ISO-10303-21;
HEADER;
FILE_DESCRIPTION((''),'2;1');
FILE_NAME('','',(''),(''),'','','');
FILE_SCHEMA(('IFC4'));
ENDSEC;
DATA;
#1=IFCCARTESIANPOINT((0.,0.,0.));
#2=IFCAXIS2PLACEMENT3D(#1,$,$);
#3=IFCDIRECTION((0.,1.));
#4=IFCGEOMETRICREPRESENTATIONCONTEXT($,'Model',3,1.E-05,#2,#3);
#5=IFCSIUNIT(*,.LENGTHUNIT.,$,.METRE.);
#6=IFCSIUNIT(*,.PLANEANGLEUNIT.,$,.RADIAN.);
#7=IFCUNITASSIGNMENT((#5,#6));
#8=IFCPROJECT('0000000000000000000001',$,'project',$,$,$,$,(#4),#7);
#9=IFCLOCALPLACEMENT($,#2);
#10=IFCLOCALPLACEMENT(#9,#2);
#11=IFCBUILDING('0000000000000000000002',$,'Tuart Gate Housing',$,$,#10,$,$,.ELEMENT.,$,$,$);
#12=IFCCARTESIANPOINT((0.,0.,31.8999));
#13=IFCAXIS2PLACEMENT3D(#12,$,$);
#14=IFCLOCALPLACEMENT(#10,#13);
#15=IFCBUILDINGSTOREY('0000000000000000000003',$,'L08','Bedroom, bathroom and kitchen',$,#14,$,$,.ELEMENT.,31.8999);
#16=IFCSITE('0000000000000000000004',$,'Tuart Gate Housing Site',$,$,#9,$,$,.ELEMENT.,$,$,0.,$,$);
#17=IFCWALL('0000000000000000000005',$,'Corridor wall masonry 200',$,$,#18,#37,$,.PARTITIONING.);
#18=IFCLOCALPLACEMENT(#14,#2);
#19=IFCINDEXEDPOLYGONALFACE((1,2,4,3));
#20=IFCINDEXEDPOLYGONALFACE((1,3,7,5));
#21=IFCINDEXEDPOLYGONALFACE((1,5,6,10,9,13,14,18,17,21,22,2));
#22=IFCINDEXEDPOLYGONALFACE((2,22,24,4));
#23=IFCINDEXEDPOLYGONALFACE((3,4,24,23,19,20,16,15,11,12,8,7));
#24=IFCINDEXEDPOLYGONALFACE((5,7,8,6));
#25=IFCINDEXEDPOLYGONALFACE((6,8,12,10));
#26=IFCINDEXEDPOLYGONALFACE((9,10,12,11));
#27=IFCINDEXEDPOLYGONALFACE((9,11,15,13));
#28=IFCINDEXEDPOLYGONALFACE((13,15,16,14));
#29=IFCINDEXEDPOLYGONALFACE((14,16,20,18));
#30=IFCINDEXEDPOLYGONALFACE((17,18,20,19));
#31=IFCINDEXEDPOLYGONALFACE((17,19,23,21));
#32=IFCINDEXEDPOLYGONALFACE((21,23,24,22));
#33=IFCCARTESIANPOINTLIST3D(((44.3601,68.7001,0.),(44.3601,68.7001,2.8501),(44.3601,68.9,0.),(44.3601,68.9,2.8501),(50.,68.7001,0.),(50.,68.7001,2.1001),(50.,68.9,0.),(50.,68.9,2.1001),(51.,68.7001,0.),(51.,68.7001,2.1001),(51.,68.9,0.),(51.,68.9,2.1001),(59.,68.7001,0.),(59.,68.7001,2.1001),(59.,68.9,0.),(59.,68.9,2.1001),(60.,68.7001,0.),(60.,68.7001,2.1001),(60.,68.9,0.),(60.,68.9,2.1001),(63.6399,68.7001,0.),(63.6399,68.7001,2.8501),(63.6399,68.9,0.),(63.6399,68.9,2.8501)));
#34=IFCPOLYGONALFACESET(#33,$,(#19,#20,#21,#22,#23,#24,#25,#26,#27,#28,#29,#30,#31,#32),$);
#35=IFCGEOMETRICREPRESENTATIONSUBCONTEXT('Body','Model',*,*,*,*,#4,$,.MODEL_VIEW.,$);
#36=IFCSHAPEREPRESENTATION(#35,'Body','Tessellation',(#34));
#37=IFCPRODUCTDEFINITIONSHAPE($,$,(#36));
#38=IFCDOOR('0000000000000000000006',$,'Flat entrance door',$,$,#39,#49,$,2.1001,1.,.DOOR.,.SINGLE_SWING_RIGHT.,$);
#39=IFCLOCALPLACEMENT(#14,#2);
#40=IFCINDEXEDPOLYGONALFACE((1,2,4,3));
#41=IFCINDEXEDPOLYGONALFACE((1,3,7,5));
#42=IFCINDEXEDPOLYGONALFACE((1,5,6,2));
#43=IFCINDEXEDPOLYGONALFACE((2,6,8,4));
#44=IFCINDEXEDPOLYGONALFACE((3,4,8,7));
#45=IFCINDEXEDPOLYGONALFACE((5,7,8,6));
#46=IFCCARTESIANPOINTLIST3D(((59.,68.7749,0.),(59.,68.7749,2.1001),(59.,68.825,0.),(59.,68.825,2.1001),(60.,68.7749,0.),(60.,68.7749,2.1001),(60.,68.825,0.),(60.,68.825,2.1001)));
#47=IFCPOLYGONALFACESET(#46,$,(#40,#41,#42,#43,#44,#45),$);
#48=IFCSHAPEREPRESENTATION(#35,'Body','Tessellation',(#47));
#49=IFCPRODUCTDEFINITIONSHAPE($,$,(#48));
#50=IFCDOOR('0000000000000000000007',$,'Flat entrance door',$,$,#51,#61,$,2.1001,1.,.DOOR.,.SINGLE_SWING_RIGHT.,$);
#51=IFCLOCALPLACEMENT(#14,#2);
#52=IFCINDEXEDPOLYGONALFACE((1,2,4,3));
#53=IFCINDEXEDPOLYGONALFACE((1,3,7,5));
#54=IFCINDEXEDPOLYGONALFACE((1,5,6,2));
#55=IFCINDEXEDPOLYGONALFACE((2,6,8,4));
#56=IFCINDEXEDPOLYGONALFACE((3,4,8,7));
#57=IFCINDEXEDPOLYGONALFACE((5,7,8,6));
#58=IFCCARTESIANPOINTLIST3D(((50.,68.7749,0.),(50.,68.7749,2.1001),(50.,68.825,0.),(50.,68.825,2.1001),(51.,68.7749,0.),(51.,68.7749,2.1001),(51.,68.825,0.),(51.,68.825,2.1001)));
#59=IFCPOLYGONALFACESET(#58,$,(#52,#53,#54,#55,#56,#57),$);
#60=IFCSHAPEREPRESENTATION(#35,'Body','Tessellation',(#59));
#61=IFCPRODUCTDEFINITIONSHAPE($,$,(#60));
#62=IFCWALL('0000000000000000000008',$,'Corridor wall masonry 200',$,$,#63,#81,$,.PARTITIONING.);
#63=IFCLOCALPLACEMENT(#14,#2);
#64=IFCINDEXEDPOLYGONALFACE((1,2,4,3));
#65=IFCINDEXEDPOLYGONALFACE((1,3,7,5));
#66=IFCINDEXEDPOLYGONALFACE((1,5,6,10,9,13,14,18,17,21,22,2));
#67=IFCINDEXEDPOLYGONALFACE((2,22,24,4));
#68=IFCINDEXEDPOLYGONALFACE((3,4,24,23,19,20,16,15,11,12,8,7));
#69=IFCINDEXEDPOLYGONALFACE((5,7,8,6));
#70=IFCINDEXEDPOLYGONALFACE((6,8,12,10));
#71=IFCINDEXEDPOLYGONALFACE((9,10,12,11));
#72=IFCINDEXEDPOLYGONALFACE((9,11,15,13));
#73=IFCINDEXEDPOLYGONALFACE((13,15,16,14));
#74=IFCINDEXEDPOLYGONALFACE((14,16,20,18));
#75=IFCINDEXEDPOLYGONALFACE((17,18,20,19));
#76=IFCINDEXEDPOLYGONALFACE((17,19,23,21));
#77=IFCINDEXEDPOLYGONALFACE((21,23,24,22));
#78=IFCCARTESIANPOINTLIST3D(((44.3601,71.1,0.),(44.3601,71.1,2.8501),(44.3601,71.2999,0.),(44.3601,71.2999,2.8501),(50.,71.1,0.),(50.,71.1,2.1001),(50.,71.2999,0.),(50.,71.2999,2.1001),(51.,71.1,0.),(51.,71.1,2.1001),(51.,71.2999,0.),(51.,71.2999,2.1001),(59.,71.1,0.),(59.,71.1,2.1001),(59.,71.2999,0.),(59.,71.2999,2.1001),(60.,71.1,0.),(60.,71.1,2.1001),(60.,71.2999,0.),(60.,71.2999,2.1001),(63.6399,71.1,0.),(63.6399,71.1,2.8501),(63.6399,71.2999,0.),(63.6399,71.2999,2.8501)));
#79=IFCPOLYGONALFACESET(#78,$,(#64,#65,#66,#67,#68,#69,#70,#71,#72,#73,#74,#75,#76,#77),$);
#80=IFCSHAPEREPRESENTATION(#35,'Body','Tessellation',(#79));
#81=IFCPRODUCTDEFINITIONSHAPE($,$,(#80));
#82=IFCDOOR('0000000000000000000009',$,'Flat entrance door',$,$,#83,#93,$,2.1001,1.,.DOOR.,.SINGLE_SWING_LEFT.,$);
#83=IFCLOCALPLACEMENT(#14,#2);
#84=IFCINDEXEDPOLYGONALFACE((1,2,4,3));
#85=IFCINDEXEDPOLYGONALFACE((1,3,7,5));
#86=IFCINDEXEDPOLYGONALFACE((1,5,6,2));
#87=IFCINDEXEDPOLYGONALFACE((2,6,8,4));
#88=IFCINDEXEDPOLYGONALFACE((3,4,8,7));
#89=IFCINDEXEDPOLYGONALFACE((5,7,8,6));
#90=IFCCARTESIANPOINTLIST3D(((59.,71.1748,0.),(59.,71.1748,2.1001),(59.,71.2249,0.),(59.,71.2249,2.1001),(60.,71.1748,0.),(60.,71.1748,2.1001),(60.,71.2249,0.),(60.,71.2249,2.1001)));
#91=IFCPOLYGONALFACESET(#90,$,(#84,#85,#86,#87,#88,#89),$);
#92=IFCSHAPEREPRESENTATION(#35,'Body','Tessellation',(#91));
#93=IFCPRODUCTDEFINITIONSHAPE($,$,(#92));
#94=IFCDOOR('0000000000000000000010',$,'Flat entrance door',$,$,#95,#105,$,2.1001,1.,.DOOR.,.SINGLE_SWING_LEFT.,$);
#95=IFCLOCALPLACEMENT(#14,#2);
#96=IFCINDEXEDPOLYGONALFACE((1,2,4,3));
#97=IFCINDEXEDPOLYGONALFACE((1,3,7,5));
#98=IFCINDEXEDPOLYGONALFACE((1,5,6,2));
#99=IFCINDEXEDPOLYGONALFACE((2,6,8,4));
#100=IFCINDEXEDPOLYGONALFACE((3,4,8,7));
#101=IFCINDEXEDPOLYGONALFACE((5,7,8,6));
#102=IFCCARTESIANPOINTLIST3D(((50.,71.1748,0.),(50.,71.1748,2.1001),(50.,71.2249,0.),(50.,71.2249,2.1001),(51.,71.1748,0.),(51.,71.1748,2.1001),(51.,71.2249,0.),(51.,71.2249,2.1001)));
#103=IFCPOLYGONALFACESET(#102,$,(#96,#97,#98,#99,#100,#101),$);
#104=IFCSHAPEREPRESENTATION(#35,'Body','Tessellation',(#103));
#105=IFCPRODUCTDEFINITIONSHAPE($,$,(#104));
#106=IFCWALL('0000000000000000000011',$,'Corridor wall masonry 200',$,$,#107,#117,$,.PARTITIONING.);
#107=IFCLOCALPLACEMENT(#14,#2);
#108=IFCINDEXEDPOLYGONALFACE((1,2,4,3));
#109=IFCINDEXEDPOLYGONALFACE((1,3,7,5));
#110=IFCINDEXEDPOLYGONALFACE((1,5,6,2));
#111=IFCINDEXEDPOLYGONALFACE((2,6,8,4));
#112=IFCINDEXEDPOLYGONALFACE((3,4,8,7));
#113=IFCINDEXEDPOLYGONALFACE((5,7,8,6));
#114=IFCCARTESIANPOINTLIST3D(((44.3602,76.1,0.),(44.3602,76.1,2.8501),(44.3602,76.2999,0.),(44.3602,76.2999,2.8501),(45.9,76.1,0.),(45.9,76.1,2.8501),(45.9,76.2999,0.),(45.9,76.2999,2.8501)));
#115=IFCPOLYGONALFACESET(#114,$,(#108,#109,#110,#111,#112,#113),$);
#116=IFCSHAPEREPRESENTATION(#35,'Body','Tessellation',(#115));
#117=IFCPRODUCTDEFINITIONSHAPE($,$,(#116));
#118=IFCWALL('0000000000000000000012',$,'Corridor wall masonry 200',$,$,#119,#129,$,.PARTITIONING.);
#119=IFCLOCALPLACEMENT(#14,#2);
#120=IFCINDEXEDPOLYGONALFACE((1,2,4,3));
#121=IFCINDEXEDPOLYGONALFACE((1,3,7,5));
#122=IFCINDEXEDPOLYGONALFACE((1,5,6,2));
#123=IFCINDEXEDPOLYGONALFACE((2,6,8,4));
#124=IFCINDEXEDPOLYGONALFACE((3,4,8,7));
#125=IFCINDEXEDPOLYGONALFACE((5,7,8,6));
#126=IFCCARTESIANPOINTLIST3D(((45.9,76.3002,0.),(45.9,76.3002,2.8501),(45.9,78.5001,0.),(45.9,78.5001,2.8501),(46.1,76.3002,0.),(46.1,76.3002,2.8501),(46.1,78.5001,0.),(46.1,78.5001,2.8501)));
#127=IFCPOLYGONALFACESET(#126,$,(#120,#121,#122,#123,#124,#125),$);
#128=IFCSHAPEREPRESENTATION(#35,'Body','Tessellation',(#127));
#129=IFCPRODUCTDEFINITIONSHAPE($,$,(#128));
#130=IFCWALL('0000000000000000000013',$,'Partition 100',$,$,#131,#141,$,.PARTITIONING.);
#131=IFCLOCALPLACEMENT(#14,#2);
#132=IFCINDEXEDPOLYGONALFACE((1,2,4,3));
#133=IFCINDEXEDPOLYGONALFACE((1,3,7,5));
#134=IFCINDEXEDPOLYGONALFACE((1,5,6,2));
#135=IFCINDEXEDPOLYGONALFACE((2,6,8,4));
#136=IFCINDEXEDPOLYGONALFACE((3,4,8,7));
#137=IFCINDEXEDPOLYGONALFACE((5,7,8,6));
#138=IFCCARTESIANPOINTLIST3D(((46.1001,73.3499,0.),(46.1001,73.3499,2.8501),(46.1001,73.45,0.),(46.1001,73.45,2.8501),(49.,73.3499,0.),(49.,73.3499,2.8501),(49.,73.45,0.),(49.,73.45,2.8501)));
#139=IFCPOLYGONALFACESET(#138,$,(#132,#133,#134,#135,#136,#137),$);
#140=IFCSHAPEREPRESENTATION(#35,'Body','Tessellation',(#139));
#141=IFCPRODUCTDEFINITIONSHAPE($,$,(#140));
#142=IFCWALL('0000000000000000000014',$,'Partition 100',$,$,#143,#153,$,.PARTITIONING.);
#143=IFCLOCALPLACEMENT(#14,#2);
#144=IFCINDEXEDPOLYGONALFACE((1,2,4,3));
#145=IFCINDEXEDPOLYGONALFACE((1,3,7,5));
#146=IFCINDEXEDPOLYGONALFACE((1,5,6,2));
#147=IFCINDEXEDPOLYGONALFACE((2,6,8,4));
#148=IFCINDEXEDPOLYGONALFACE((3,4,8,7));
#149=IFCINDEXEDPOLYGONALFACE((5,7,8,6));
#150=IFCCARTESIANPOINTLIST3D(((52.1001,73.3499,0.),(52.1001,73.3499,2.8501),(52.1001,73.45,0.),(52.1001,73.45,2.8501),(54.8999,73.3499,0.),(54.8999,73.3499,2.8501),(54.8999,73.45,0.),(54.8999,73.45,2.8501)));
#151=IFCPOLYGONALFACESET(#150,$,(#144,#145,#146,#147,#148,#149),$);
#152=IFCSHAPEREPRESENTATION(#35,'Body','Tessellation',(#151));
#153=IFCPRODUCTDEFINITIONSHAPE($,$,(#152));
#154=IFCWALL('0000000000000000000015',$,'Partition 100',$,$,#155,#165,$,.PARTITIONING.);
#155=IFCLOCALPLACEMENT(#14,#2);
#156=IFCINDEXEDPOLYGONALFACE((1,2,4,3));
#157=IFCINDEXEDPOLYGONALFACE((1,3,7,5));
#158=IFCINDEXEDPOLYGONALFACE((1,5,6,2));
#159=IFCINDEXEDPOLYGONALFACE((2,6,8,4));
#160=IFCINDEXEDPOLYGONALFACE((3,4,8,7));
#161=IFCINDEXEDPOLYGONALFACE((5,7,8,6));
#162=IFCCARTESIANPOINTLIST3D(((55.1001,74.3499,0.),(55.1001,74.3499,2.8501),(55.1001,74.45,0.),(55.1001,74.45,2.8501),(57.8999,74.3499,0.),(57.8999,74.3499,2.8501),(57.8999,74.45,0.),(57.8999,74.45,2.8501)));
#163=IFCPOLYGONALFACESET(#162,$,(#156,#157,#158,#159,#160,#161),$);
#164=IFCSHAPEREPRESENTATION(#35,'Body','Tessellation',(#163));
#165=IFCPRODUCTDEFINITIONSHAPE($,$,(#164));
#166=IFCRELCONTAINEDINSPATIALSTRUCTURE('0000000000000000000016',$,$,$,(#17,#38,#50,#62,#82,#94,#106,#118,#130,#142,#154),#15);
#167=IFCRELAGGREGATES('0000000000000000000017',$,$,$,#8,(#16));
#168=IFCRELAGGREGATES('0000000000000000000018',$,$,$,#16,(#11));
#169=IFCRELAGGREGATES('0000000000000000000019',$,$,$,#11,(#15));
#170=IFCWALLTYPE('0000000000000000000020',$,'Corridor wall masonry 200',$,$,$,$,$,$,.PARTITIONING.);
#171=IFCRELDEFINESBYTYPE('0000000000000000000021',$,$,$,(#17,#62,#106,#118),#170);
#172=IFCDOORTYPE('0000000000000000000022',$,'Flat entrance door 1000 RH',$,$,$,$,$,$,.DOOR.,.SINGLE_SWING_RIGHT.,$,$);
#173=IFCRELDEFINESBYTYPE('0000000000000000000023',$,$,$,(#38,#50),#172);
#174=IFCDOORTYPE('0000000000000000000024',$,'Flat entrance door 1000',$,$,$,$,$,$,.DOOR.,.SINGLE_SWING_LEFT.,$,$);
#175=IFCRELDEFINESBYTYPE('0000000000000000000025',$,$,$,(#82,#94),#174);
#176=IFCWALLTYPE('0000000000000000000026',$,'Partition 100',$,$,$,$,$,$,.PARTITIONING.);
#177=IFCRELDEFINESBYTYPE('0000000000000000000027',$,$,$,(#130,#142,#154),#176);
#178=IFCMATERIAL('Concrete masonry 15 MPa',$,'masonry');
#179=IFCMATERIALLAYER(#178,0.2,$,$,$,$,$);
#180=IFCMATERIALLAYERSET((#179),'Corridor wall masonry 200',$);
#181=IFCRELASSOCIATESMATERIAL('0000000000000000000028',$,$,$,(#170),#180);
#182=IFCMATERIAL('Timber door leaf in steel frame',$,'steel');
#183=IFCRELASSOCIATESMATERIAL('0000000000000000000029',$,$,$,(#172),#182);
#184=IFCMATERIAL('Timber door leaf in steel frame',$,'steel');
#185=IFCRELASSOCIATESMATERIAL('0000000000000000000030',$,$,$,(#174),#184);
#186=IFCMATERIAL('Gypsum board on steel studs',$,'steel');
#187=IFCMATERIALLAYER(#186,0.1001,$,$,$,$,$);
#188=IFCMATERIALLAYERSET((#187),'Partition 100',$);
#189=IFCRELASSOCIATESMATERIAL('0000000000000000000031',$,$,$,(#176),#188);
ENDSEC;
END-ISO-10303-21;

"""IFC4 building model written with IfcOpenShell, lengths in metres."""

from ifc_helpers import new_model, si_unit, direction, frame, frame_2d, origin, place, context, subcontext, project, spatial, rectangle, extrude, material, layer, layer_set, type_object, element, fill, save


model = new_model("IFC4")

# Units and contexts
model_context = context("Model", 3, precision=1e-05, world=origin(), true_north=direction((0.0, 1.0)))
body_context = subcontext(model_context, "Body", "Model", "MODEL_VIEW")
ifc_project = project(units=[si_unit("LENGTHUNIT", "METRE"), si_unit("PLANEANGLEUNIT", "RADIAN")], contexts=[model_context])

# Site, building, storey
site_placement = place(None, origin())
site = spatial("IfcSite", under=ifc_project, at=site_placement, Name="Tuart Gate Housing Site", CompositionType="ELEMENT", RefElevation=0.0)
building_placement = place(site_placement, origin())
building = spatial("IfcBuilding", under=site, at=building_placement, Name="Tuart Gate Housing", CompositionType="ELEMENT")
storey_placement = place(building_placement, frame((0.0, 0.0, 31.8999)))
storey = spatial("IfcBuildingStorey", under=building, at=storey_placement, Name="L08", Description="Bedroom, bathroom and kitchen", CompositionType="ELEMENT", Elevation=31.8999)

# Walls, openings, doors
ifc_material_1 = material(Name="Concrete masonry 15 MPa", Category="masonry")
ifc_layer_1 = layer(ifc_material_1, 0.2)
ifc_layer_set_1 = layer_set([ifc_layer_1], Name="Corridor wall masonry 200")
wall_type_1 = type_object("IfcWallType", Name="Corridor wall masonry 200", PredefinedType="PARTITIONING", material=ifc_layer_set_1)
wall_1_placement = place(storey_placement, frame((44.3601, 68.8, 0.0), z_axis=(0.0, 0.0, 1.0), x_axis=(1.0, 0.0, 0.0)))
wall_1 = element("IfcWall", 1, at=wall_1_placement, inside=storey, type_object=wall_type_1, Name="Corridor wall masonry 200", PredefinedType="PARTITIONING", context=body_context, shape_type="SweptSolid", body=[
    extrude(rectangle(XDim=19.2798, YDim=0.2, at=frame_2d((9.6399, 0.0))), origin(), (0.0, 0.0, 1.0), 2.8501),
])
opening_1_placement = place(wall_1_placement, frame((14.6399, 0.0, 0.0)))
opening_1 = element("IfcOpeningElement", 2, at=opening_1_placement, cuts=wall_1, PredefinedType="OPENING", context=body_context, shape_type="SweptSolid", body=[
    extrude(rectangle(XDim=1.0, YDim=2.1001, at=frame_2d((0.5, 1.05))), frame((0.0, 0.1099, 0.0), z_axis=(0.0, -1.0, 0.0), x_axis=(1.0, 0.0, 0.0)), (0.0, 0.0, 1.0), 0.22),
])
opening_2_placement = place(wall_1_placement, frame((5.6399, 0.0, 0.0)))
opening_2 = element("IfcOpeningElement", 3, at=opening_2_placement, cuts=wall_1, PredefinedType="OPENING", context=body_context, shape_type="SweptSolid", body=[
    extrude(rectangle(XDim=1.0, YDim=2.1001, at=frame_2d((0.5, 1.05))), frame((0.0, 0.1099, 0.0), z_axis=(0.0, -1.0, 0.0), x_axis=(1.0, 0.0, 0.0)), (0.0, 0.0, 1.0), 0.22),
])
ifc_material_2 = material(Name="Timber door leaf in steel frame", Category="steel")
door_type_1 = type_object("IfcDoorType", Name="Flat entrance door 1000 RH", OperationType="SINGLE_SWING_RIGHT", PredefinedType="DOOR", material=ifc_material_2)
door_1_placement = place(opening_1_placement, frame((1.0, 0.0, 0.0), z_axis=(0.0, 0.0, 1.0), x_axis=(-1.0, 0.0, 0.0)))
door_1 = element("IfcDoor", 4, at=door_1_placement, inside=storey, type_object=door_type_1, Name="Flat entrance door", OperationType="SINGLE_SWING_RIGHT", OverallHeight=2.1001, OverallWidth=1.0, PredefinedType="DOOR", context=body_context, shape_type="SweptSolid", body=[
    extrude(rectangle(XDim=1.0, YDim=2.1001, at=frame_2d((0.5, 1.05))), frame((0.0, 0.0251, 0.0), z_axis=(0.0, -1.0, 0.0), x_axis=(1.0, 0.0, 0.0)), (0.0, 0.0, 1.0), 0.05),
])
fill(opening_1, door_1)
door_2_placement = place(opening_2_placement, frame((1.0, 0.0, 0.0), z_axis=(0.0, 0.0, 1.0), x_axis=(-1.0, 0.0, 0.0)))
door_2 = element("IfcDoor", 5, at=door_2_placement, inside=storey, type_object=door_type_1, Name="Flat entrance door", OperationType="SINGLE_SWING_RIGHT", OverallHeight=2.1001, OverallWidth=1.0, PredefinedType="DOOR", context=body_context, shape_type="SweptSolid", body=[
    extrude(rectangle(XDim=1.0, YDim=2.1001, at=frame_2d((0.5, 1.05))), frame((0.0, 0.0251, 0.0), z_axis=(0.0, -1.0, 0.0), x_axis=(1.0, 0.0, 0.0)), (0.0, 0.0, 1.0), 0.05),
])
fill(opening_2, door_2)
wall_2_placement = place(storey_placement, frame((44.3601, 71.2, 0.0), z_axis=(0.0, 0.0, 1.0), x_axis=(1.0, 0.0, 0.0)))
wall_2 = element("IfcWall", 6, at=wall_2_placement, inside=storey, type_object=wall_type_1, Name="Corridor wall masonry 200", PredefinedType="PARTITIONING", context=body_context, shape_type="SweptSolid", body=[
    extrude(rectangle(XDim=19.2798, YDim=0.2, at=frame_2d((9.6399, 0.0))), origin(), (0.0, 0.0, 1.0), 2.8501),
])
opening_3_placement = place(wall_2_placement, frame((14.6399, 0.0, 0.0)))
opening_3 = element("IfcOpeningElement", 7, at=opening_3_placement, cuts=wall_2, PredefinedType="OPENING", context=body_context, shape_type="SweptSolid", body=[
    extrude(rectangle(XDim=1.0, YDim=2.1001, at=frame_2d((0.5, 1.05))), frame((0.0, 0.1099, 0.0), z_axis=(0.0, -1.0, 0.0), x_axis=(1.0, 0.0, 0.0)), (0.0, 0.0, 1.0), 0.22),
])
opening_4_placement = place(wall_2_placement, frame((5.6399, 0.0, 0.0)))
opening_4 = element("IfcOpeningElement", 8, at=opening_4_placement, cuts=wall_2, PredefinedType="OPENING", context=body_context, shape_type="SweptSolid", body=[
    extrude(rectangle(XDim=1.0, YDim=2.1001, at=frame_2d((0.5, 1.05))), frame((0.0, 0.1099, 0.0), z_axis=(0.0, -1.0, 0.0), x_axis=(1.0, 0.0, 0.0)), (0.0, 0.0, 1.0), 0.22),
])
ifc_material_3 = material(Name="Timber door leaf in steel frame", Category="steel")
door_type_2 = type_object("IfcDoorType", Name="Flat entrance door 1000", OperationType="SINGLE_SWING_LEFT", PredefinedType="DOOR", material=ifc_material_3)
door_3_placement = place(opening_3_placement, origin())
door_3 = element("IfcDoor", 9, at=door_3_placement, inside=storey, type_object=door_type_2, Name="Flat entrance door", OperationType="SINGLE_SWING_LEFT", OverallHeight=2.1001, OverallWidth=1.0, PredefinedType="DOOR", context=body_context, shape_type="SweptSolid", body=[
    extrude(rectangle(XDim=1.0, YDim=2.1001, at=frame_2d((0.5, 1.05))), frame((0.0, 0.0249, 0.0), z_axis=(0.0, -1.0, 0.0), x_axis=(1.0, 0.0, 0.0)), (0.0, 0.0, 1.0), 0.05),
])
fill(opening_3, door_3)
door_4_placement = place(opening_4_placement, origin())
door_4 = element("IfcDoor", 10, at=door_4_placement, inside=storey, type_object=door_type_2, Name="Flat entrance door", OperationType="SINGLE_SWING_LEFT", OverallHeight=2.1001, OverallWidth=1.0, PredefinedType="DOOR", context=body_context, shape_type="SweptSolid", body=[
    extrude(rectangle(XDim=1.0, YDim=2.1001, at=frame_2d((0.5, 1.05))), frame((0.0, 0.0249, 0.0), z_axis=(0.0, -1.0, 0.0), x_axis=(1.0, 0.0, 0.0)), (0.0, 0.0, 1.0), 0.05),
])
fill(opening_4, door_4)

# Walls
wall_3_placement = place(storey_placement, frame((44.3601, 76.2, 0.0), z_axis=(0.0, 0.0, 1.0), x_axis=(1.0, 0.0, 0.0)))
element("IfcWall", 11, at=wall_3_placement, inside=storey, type_object=wall_type_1, Name="Corridor wall masonry 200", PredefinedType="PARTITIONING", context=body_context, shape_type="SweptSolid", body=[
    extrude(rectangle(XDim=1.5398, YDim=0.2, at=frame_2d((0.77, 0.0))), origin(), (0.0, 0.0, 1.0), 2.8501),
])
wall_4_placement = place(storey_placement, frame((46.0, 76.3, 0.0), z_axis=(0.0, 0.0, 1.0), x_axis=(0.0, 1.0, 0.0)))
element("IfcWall", 12, at=wall_4_placement, inside=storey, type_object=wall_type_1, Name="Corridor wall masonry 200", PredefinedType="PARTITIONING", context=body_context, shape_type="SweptSolid", body=[
    extrude(rectangle(XDim=2.2, YDim=0.2, at=frame_2d((1.1001, 0.0))), origin(), (0.0, 0.0, 1.0), 2.8501),
])
ifc_material_4 = material(Name="Gypsum board on steel studs", Category="steel")
ifc_layer_2 = layer(ifc_material_4, 0.1001)
ifc_layer_set_2 = layer_set([ifc_layer_2], Name="Partition 100")
wall_type_2 = type_object("IfcWallType", Name="Partition 100", PredefinedType="PARTITIONING", material=ifc_layer_set_2)
wall_5_placement = place(storey_placement, frame((46.1001, 73.3999, 0.0), z_axis=(0.0, 0.0, 1.0), x_axis=(1.0, 0.0, 0.0)))
element("IfcWall", 13, at=wall_5_placement, inside=storey, type_object=wall_type_2, Name="Partition 100", PredefinedType="PARTITIONING", context=body_context, shape_type="SweptSolid", body=[
    extrude(rectangle(XDim=2.8999, YDim=0.1001, at=frame_2d((1.45, 0.0))), origin(), (0.0, 0.0, 1.0), 2.8501),
])
for number, where, z_axis, x_axis, name in (
    (14, (52.1001, 73.3999, 0.0), (0.0, 0.0, 1.0), (1.0, 0.0, 0.0), "Partition 100"),
    (15, (55.1001, 74.3999, 0.0), (0.0, 0.0, 1.0), (1.0, 0.0, 0.0), "Partition 100"),
):
    element("IfcWall", number, at=place(storey_placement, frame(where, z_axis=z_axis, x_axis=x_axis)), inside=storey, type_object=wall_type_2, Name=name, PredefinedType="PARTITIONING", context=body_context, shape_type="SweptSolid", body=[
        extrude(rectangle(XDim=2.7998, YDim=0.1001, at=frame_2d((1.3999, 0.0))), origin(), (0.0, 0.0, 1.0), 2.8501),
    ])

save(model, "model.ifc")
